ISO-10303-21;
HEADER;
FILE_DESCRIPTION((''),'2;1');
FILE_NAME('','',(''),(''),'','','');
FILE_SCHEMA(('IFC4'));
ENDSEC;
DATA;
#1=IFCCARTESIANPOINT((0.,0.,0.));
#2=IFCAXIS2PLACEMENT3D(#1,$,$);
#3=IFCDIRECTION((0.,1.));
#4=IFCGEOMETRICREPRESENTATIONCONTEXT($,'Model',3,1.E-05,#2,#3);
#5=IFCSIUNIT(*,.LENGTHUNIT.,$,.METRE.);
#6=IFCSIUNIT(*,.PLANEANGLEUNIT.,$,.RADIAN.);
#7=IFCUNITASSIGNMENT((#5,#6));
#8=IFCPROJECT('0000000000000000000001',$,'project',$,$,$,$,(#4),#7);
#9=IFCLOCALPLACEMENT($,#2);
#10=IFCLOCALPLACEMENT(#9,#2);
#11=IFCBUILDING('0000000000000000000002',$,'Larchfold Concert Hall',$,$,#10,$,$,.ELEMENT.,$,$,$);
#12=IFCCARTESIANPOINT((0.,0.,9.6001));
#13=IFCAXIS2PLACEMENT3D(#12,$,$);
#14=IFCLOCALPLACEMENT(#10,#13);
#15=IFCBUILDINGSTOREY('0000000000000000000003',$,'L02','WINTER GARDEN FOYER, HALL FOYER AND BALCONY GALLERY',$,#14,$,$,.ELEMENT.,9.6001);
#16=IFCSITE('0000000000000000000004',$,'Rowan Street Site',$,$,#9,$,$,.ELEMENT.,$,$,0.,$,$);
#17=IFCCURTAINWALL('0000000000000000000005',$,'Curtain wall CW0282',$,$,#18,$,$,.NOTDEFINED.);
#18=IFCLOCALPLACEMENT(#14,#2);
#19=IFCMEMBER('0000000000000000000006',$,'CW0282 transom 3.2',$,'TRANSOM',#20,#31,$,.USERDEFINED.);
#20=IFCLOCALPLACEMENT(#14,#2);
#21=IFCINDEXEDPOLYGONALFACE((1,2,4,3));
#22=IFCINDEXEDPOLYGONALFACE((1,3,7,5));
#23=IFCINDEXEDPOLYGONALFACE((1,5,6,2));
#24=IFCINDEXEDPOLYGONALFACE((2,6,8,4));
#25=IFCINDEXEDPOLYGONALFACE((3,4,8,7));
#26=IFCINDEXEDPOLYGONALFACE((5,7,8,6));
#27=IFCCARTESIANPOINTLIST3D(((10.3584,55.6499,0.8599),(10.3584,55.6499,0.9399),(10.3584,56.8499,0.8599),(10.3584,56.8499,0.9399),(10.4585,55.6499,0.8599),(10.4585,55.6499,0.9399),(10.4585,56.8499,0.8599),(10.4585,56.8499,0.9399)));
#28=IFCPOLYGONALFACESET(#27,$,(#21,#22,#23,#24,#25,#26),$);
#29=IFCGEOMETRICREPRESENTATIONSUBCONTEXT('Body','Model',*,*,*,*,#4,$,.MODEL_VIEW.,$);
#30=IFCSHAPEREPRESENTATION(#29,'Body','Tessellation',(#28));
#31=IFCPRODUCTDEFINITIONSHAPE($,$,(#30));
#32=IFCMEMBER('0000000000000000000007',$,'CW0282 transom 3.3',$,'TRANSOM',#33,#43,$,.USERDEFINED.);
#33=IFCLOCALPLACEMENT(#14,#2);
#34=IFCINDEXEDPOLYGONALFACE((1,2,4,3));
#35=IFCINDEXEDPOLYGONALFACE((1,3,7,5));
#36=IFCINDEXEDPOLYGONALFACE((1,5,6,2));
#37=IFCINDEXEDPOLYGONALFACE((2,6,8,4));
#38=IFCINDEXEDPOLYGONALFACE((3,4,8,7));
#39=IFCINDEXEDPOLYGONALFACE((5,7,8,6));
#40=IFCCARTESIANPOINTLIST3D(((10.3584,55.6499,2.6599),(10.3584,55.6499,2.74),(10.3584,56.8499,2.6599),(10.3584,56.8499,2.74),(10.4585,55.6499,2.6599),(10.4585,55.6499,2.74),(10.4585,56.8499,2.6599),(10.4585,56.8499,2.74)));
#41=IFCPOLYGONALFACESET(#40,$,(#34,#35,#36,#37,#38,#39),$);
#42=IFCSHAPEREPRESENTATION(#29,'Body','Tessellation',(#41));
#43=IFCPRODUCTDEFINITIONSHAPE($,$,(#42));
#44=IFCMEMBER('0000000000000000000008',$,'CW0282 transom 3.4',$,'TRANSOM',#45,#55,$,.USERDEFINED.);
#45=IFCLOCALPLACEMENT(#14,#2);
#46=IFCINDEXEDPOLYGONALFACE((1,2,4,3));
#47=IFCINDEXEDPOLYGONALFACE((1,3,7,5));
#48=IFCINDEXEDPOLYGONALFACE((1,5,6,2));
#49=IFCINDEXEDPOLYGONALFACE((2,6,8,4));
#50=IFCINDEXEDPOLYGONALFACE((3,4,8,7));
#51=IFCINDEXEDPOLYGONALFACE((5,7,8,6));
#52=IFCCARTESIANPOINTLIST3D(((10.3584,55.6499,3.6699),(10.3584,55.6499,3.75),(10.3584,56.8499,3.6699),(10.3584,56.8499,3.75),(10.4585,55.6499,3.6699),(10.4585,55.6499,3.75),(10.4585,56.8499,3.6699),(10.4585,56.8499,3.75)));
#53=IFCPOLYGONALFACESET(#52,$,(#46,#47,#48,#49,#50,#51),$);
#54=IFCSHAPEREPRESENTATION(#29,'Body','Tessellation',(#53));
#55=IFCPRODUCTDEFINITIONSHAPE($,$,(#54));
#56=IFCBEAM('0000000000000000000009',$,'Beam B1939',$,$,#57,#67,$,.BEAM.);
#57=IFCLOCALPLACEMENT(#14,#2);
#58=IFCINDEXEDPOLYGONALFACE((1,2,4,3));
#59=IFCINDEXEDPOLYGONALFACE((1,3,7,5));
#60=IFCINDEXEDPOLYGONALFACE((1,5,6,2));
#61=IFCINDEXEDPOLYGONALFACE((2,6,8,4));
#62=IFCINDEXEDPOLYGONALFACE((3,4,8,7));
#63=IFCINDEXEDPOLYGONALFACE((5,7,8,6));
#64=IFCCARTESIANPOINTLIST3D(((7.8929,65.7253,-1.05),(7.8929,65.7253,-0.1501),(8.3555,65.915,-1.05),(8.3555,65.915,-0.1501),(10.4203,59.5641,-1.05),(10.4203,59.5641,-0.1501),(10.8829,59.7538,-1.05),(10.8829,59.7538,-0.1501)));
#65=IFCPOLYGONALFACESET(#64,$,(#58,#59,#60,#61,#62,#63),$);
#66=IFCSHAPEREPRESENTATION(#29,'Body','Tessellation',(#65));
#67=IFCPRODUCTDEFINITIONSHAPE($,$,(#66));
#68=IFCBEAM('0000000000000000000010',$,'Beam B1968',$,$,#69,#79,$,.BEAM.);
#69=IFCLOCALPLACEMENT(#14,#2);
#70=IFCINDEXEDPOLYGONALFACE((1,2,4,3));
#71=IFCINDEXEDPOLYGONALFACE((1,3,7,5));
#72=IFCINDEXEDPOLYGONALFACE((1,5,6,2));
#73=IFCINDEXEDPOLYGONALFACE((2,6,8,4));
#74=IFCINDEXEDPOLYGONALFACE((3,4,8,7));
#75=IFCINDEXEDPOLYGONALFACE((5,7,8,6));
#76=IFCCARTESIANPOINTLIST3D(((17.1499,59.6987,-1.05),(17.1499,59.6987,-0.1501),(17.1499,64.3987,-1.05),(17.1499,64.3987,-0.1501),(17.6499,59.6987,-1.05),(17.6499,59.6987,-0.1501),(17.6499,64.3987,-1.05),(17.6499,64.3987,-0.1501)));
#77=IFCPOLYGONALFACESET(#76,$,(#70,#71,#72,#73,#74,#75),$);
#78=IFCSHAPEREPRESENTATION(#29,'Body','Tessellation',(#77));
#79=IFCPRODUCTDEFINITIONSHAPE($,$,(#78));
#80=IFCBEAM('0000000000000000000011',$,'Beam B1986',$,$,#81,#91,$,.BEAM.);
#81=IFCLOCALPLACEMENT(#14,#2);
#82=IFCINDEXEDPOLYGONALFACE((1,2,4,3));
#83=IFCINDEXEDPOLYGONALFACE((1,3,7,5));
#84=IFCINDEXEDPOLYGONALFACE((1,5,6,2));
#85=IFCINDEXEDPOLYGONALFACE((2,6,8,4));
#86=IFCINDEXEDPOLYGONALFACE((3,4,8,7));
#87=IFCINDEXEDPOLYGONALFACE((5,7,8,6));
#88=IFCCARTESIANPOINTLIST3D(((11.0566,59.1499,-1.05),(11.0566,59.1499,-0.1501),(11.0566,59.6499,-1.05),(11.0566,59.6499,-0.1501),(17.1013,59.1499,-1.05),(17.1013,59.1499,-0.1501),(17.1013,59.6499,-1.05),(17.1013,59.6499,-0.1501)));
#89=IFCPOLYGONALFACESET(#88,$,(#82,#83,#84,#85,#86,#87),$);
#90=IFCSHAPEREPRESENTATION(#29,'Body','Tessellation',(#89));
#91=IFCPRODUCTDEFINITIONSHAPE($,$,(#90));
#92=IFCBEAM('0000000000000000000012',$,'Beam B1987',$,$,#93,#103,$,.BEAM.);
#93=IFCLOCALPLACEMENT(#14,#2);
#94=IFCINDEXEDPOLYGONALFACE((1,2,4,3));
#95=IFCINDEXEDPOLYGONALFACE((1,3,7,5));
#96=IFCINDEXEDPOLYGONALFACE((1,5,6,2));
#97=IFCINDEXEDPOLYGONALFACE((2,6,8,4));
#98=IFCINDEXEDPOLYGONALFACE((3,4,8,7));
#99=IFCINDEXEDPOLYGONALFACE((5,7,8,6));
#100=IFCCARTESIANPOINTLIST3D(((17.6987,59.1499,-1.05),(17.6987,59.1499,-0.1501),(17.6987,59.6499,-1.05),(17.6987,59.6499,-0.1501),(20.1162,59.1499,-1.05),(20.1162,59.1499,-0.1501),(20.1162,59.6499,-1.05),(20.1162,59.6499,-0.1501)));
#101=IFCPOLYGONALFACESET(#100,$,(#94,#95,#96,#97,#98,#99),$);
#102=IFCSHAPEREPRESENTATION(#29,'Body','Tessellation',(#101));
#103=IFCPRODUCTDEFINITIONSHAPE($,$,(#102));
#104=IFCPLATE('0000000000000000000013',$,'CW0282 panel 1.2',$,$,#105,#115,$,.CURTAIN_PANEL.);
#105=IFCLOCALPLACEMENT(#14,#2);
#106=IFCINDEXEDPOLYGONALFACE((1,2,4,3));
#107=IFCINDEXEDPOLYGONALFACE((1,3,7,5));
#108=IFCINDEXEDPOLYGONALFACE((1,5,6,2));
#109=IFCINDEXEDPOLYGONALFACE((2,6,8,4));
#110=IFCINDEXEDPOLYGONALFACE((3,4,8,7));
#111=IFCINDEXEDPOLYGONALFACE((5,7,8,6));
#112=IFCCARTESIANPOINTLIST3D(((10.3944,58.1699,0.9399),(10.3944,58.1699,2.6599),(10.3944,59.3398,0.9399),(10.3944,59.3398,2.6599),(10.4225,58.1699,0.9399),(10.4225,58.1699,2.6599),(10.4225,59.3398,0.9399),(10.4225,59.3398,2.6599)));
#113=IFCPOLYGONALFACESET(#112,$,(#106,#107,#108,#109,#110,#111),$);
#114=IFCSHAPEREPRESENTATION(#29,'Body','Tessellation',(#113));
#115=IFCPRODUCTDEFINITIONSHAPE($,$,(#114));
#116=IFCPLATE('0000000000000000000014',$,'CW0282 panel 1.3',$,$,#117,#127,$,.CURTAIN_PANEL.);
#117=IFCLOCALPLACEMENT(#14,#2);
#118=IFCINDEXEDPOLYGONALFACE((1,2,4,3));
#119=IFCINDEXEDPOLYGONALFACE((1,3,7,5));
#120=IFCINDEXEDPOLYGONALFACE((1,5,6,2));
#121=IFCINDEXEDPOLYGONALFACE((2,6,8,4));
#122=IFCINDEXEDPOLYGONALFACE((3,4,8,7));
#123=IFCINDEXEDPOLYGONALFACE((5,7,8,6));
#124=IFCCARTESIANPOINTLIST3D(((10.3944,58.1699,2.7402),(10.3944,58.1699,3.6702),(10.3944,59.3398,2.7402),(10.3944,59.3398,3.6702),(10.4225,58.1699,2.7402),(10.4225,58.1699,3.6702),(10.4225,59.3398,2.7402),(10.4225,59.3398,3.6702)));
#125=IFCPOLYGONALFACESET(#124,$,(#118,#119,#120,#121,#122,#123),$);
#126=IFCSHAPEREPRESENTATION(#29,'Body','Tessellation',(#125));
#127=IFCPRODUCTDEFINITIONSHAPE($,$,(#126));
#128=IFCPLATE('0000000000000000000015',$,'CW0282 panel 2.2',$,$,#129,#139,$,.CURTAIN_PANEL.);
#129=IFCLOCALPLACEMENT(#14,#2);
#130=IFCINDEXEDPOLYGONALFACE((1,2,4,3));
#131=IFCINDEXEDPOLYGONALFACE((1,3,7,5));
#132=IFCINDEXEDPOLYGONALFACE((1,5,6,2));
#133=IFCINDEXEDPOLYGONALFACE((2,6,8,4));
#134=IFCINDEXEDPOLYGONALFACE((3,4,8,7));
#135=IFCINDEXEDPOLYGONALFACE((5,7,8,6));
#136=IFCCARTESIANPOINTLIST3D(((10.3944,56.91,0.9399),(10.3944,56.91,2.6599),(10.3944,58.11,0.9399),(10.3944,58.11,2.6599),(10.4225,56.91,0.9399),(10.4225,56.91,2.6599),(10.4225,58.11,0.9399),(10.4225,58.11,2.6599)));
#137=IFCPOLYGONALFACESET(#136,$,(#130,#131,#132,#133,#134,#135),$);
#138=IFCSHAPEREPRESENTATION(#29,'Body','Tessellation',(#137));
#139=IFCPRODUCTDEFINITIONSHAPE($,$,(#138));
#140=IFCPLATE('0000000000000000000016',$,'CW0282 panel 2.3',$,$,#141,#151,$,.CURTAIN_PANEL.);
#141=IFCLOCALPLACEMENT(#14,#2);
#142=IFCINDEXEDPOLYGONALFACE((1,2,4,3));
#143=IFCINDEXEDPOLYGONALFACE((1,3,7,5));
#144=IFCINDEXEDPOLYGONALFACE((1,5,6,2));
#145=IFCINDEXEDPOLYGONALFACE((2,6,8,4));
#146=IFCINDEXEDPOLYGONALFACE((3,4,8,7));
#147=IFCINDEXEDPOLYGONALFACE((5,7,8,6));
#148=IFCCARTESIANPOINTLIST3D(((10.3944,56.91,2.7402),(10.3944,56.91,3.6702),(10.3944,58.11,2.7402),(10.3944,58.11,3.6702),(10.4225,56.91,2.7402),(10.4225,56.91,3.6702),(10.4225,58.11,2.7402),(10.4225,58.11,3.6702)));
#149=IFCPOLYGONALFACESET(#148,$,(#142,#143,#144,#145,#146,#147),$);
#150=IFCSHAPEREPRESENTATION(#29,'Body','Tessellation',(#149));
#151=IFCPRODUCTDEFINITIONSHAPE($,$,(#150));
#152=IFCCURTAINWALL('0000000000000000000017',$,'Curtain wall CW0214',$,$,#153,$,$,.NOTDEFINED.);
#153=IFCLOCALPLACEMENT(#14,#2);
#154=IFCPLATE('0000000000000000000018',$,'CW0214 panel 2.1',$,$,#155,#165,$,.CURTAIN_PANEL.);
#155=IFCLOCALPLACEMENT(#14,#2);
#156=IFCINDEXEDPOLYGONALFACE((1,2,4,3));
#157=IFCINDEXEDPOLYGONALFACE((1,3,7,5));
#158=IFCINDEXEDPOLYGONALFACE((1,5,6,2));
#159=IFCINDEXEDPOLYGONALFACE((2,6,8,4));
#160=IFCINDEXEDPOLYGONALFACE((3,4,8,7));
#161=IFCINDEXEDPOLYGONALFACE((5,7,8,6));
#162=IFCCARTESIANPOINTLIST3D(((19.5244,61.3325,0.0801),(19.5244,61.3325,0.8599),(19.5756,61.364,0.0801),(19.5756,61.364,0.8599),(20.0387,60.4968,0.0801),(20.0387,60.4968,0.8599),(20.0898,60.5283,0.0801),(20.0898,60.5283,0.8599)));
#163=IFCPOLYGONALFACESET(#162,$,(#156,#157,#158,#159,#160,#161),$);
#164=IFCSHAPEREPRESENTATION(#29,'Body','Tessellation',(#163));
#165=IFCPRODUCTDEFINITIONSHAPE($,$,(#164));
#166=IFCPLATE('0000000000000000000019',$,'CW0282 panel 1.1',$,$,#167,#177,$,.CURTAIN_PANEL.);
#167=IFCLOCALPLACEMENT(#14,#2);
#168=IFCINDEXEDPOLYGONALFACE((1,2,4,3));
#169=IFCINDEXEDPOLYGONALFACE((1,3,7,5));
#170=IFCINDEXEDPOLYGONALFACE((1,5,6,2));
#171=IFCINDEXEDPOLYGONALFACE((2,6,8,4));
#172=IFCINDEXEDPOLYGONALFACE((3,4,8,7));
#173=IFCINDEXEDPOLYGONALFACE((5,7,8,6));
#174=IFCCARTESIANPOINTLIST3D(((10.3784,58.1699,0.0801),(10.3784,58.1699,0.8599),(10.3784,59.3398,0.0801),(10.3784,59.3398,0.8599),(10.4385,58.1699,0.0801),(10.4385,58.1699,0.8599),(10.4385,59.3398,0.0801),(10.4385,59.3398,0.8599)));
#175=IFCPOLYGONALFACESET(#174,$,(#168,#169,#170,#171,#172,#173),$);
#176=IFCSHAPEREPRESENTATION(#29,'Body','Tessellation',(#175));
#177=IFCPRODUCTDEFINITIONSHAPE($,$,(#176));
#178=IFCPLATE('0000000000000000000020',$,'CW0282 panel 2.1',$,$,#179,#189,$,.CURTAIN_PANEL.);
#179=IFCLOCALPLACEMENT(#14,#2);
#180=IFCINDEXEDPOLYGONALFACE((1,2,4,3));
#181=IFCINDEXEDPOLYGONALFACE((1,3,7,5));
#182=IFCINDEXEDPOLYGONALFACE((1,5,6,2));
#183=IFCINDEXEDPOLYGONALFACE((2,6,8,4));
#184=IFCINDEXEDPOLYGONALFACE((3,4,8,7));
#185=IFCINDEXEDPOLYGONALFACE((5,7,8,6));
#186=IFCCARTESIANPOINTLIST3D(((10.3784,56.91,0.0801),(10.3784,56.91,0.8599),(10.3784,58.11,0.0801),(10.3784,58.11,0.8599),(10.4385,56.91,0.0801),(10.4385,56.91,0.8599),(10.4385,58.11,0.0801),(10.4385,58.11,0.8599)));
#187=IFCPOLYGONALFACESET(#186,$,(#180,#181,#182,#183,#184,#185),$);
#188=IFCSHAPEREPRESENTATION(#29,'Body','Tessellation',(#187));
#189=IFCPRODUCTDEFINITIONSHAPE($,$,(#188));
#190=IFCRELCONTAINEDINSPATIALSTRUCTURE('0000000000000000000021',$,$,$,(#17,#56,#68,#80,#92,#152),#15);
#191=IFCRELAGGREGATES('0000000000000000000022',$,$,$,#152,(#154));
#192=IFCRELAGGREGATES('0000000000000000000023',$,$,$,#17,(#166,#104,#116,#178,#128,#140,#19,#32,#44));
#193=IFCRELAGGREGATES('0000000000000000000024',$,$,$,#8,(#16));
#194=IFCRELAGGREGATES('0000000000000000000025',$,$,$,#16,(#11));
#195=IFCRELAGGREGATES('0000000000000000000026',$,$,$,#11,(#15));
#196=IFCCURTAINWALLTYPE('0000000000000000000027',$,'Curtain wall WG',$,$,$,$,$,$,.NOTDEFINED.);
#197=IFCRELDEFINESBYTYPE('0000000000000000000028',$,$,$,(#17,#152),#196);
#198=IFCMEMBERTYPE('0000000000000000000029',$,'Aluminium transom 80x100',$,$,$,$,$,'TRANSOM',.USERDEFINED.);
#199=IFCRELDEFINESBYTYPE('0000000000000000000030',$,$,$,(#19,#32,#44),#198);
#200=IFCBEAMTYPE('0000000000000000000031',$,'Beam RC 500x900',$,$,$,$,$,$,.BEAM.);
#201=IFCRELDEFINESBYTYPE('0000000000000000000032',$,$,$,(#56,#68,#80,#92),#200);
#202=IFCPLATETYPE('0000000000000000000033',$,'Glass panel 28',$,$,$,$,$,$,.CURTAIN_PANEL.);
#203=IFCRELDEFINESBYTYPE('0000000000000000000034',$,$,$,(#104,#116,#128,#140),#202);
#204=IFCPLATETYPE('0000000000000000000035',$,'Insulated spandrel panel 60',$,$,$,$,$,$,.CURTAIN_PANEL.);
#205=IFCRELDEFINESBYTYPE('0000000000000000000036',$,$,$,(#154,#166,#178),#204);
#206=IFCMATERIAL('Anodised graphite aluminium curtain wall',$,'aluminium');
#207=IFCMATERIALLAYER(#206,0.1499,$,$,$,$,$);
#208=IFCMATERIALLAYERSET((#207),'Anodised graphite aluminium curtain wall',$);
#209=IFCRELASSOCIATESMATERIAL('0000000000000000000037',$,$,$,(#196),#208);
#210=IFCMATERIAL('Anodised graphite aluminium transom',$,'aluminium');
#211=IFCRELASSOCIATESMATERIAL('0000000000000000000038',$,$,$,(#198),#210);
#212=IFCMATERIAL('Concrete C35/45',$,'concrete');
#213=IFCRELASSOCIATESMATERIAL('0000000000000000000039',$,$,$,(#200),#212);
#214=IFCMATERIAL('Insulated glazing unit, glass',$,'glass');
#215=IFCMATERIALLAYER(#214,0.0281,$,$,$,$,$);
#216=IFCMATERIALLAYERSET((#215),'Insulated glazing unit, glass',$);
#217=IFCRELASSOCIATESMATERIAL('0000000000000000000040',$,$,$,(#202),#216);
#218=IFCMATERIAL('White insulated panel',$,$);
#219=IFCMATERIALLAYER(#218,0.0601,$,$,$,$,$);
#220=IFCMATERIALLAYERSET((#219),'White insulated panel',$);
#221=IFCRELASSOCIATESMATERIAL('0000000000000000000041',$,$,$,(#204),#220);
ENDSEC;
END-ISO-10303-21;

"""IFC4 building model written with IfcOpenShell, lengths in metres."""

from ifc_helpers import new_model, si_unit, direction, frame, origin, origin_2d, place, context, subcontext, project, spatial, rectangle, extrude, material, layer, layer_set, material_profile, profile_set, type_object, element, aggregate, save


model = new_model("IFC4")

# Units and contexts
model_context = context("Model", 3, precision=1e-05, world=origin(), true_north=direction((0.0, 1.0)))
body_context = subcontext(model_context, "Body", "Model", "MODEL_VIEW")
ifc_project = project(units=[si_unit("LENGTHUNIT", "METRE"), si_unit("PLANEANGLEUNIT", "RADIAN")], contexts=[model_context])

# Site, building, storey
site_placement = place(None, origin())
site = spatial("IfcSite", under=ifc_project, at=site_placement, Name="Rowan Street Site", CompositionType="ELEMENT", RefElevation=0.0)
building_placement = place(site_placement, origin())
building = spatial("IfcBuilding", under=site, at=building_placement, Name="Larchfold Concert Hall", CompositionType="ELEMENT")
storey_placement = place(building_placement, frame((0.0, 0.0, 9.6001)))
storey = spatial("IfcBuildingStorey", under=building, at=storey_placement, Name="L02", Description="WINTER GARDEN FOYER, HALL FOYER AND BALCONY GALLERY", CompositionType="ELEMENT", Elevation=9.6001)

# Curtain wall, members
ifc_material_1 = material(Name="Anodised graphite aluminium curtain wall", Category="aluminium")
ifc_layer_1 = layer(ifc_material_1, 0.1499)
ifc_layer_set_1 = layer_set([ifc_layer_1], Name="Anodised graphite aluminium curtain wall")
curtain_wall_type = type_object("IfcCurtainWallType", Name="Curtain wall WG", PredefinedType="NOTDEFINED", material=ifc_layer_set_1)
curtain_wall_1_placement = place(storey_placement, origin())
curtain_wall_1 = element("IfcCurtainWall", 1, at=curtain_wall_1_placement, inside=storey, type_object=curtain_wall_type, Name="Curtain wall CW0282", PredefinedType="NOTDEFINED")
ifc_material_2 = material(Name="Anodised graphite aluminium transom", Category="aluminium")
ifc_material_profile_1 = material_profile(ifc_material_2, rectangle(XDim=0.1001, YDim=0.0801, at=origin_2d()))
ifc_profile_set_1 = profile_set([ifc_material_profile_1], Name="Anodised graphite aluminium transom")
member_type_1 = type_object("IfcMemberType", Name="Aluminium transom 80x100", ElementType="TRANSOM", PredefinedType="USERDEFINED", material=ifc_profile_set_1)
member_1_placement = place(storey_placement, frame((10.4084, 56.8499, 0.8999), z_axis=(0.0, -1.0, 0.0), x_axis=(1.0, 0.0, 0.0)))
member_1 = element("IfcMember", 2, at=member_1_placement, type_object=member_type_1, Name="CW0282 transom 3.2", ObjectType="TRANSOM", PredefinedType="USERDEFINED", context=body_context, shape_type="SweptSolid", body=[
    extrude(rectangle(XDim=0.1001, YDim=0.0801, at=origin_2d()), origin(), (0.0, 0.0, 1.0), 1.2),
])
member_2_placement = place(storey_placement, frame((10.4084, 56.8499, 2.7), z_axis=(0.0, -1.0, 0.0), x_axis=(1.0, 0.0, 0.0)))
member_2 = element("IfcMember", 3, at=member_2_placement, type_object=member_type_1, Name="CW0282 transom 3.3", ObjectType="TRANSOM", PredefinedType="USERDEFINED", context=body_context, shape_type="SweptSolid", body=[
    extrude(rectangle(XDim=0.1001, YDim=0.0801, at=origin_2d()), origin(), (0.0, 0.0, 1.0), 1.2),
])
member_3_placement = place(storey_placement, frame((10.4084, 56.8499, 3.71), z_axis=(0.0, -1.0, 0.0), x_axis=(1.0, 0.0, 0.0)))
member_3 = element("IfcMember", 4, at=member_3_placement, type_object=member_type_1, Name="CW0282 transom 3.4", ObjectType="TRANSOM", PredefinedType="USERDEFINED", context=body_context, shape_type="SweptSolid", body=[
    extrude(rectangle(XDim=0.1001, YDim=0.0801, at=origin_2d()), origin(), (0.0, 0.0, 1.0), 1.2),
])

# Beams
ifc_material_3 = material(Name="Concrete C35/45", Category="concrete")
ifc_material_profile_2 = material_profile(ifc_material_3, rectangle(XDim=0.5, YDim=0.8999, at=origin_2d()))
ifc_profile_set_2 = profile_set([ifc_material_profile_2], Name="Concrete C35/45")
beam_type = type_object("IfcBeamType", Name="Beam RC 500x900", PredefinedType="BEAM", material=ifc_profile_set_2)
beam_1_placement = place(storey_placement, frame((10.6516, 59.6589, -0.6001), z_axis=(-0.379518, 0.925184, 0.0), x_axis=(-0.925184, -0.379518, 0.0)))
element("IfcBeam", 5, at=beam_1_placement, inside=storey, type_object=beam_type, Name="Beam B1939", PredefinedType="BEAM", context=body_context, shape_type="SweptSolid", body=[
    extrude(rectangle(XDim=0.5, YDim=0.8999, at=origin_2d()), origin(), (0.0, 0.0, 1.0), 6.6594),
])
beam_2_placement = place(storey_placement, frame((17.3999, 59.6987, -0.6001), z_axis=(0.0, 1.0, 0.0), x_axis=(-1.0, 0.0, 0.0)))
element("IfcBeam", 6, at=beam_2_placement, inside=storey, type_object=beam_type, Name="Beam B1968", PredefinedType="BEAM", context=body_context, shape_type="SweptSolid", body=[
    extrude(rectangle(XDim=0.5, YDim=0.8999, at=origin_2d()), origin(), (0.0, 0.0, 1.0), 4.7),
])
beam_3_placement = place(storey_placement, frame((11.0566, 59.3999, -0.6001), z_axis=(1.0, 0.0, 0.0), x_axis=(0.0, 1.0, 0.0)))
element("IfcBeam", 7, at=beam_3_placement, inside=storey, type_object=beam_type, Name="Beam B1986", PredefinedType="BEAM", context=body_context, shape_type="SweptSolid", body=[
    extrude(rectangle(XDim=0.5, YDim=0.8999, at=origin_2d()), origin(), (0.0, 0.0, 1.0), 6.0447),
])
beam_4_placement = place(storey_placement, frame((17.6987, 59.3999, -0.6001), z_axis=(1.0, 0.0, 0.0), x_axis=(0.0, 1.0, 0.0)))
element("IfcBeam", 8, at=beam_4_placement, inside=storey, type_object=beam_type, Name="Beam B1987", PredefinedType="BEAM", context=body_context, shape_type="SweptSolid", body=[
    extrude(rectangle(XDim=0.5, YDim=0.8999, at=origin_2d()), origin(), (0.0, 0.0, 1.0), 2.4175),
])

# Plates
ifc_material_4 = material(Name="Insulated glazing unit, glass", Category="glass")
ifc_layer_2 = layer(ifc_material_4, 0.0281)
ifc_layer_set_2 = layer_set([ifc_layer_2], Name="Insulated glazing unit, glass")
plate_type_1 = type_object("IfcPlateType", Name="Glass panel 28", PredefinedType="CURTAIN_PANEL", material=ifc_layer_set_2)
plate_1_placement = place(storey_placement, frame((10.4084, 58.7549, 0.9399), z_axis=(0.0, 0.0, 1.0), x_axis=(0.0, -1.0, 0.0)))
plate_1 = element("IfcPlate", 9, at=plate_1_placement, type_object=plate_type_1, Name="CW0282 panel 1.2", PredefinedType="CURTAIN_PANEL", context=body_context, shape_type="SweptSolid", body=[
    extrude(rectangle(XDim=1.1699, YDim=0.0281, at=origin_2d()), origin(), (0.0, 0.0, 1.0), 1.72),
])
plate_2_placement = place(storey_placement, frame((10.4084, 58.7549, 2.7402), z_axis=(0.0, 0.0, 1.0), x_axis=(0.0, -1.0, 0.0)))
plate_2 = element("IfcPlate", 10, at=plate_2_placement, type_object=plate_type_1, Name="CW0282 panel 1.3", PredefinedType="CURTAIN_PANEL", context=body_context, shape_type="SweptSolid", body=[
    extrude(rectangle(XDim=1.1699, YDim=0.0281, at=origin_2d()), origin(), (0.0, 0.0, 1.0), 0.9299),
])
plate_3_placement = place(storey_placement, frame((10.4084, 57.51, 0.9399), z_axis=(0.0, 0.0, 1.0), x_axis=(0.0, -1.0, 0.0)))
plate_3 = element("IfcPlate", 11, at=plate_3_placement, type_object=plate_type_1, Name="CW0282 panel 2.2", PredefinedType="CURTAIN_PANEL", context=body_context, shape_type="SweptSolid", body=[
    extrude(rectangle(XDim=1.2, YDim=0.0281, at=origin_2d()), origin(), (0.0, 0.0, 1.0), 1.72),
])
plate_4_placement = place(storey_placement, frame((10.4084, 57.51, 2.7402), z_axis=(0.0, 0.0, 1.0), x_axis=(0.0, -1.0, 0.0)))
plate_4 = element("IfcPlate", 12, at=plate_4_placement, type_object=plate_type_1, Name="CW0282 panel 2.3", PredefinedType="CURTAIN_PANEL", context=body_context, shape_type="SweptSolid", body=[
    extrude(rectangle(XDim=1.2, YDim=0.0281, at=origin_2d()), origin(), (0.0, 0.0, 1.0), 0.9299),
])

# Curtain wall, plate
curtain_wall_2_placement = place(storey_placement, origin())
curtain_wall_2 = element("IfcCurtainWall", 13, at=curtain_wall_2_placement, inside=storey, type_object=curtain_wall_type, Name="Curtain wall CW0214", PredefinedType="NOTDEFINED")
ifc_material_5 = material(Name="White insulated panel")
ifc_layer_3 = layer(ifc_material_5, 0.0601)
ifc_layer_set_3 = layer_set([ifc_layer_3], Name="White insulated panel")
plate_type_2 = type_object("IfcPlateType", Name="Insulated spandrel panel 60", PredefinedType="CURTAIN_PANEL", material=ifc_layer_set_3)
plate_5_placement = place(storey_placement, frame((19.8071, 60.9304, 0.0801), z_axis=(0.0, 0.0, 1.0), x_axis=(-0.524066, 0.851678, 0.0)))
plate_5 = element("IfcPlate", 14, at=plate_5_placement, type_object=plate_type_2, Name="CW0214 panel 2.1", PredefinedType="CURTAIN_PANEL", context=body_context, shape_type="SweptSolid", body=[
    extrude(rectangle(XDim=0.9812, YDim=0.0601, at=origin_2d()), origin(), (0.0, 0.0, 1.0), 0.7798),
])
aggregate(curtain_wall_2, [plate_5])

# Plates
plate_6_placement = place(storey_placement, frame((10.4084, 58.7549, 0.0801), z_axis=(0.0, 0.0, 1.0), x_axis=(0.0, -1.0, 0.0)))
plate_6 = element("IfcPlate", 15, at=plate_6_placement, type_object=plate_type_2, Name="CW0282 panel 1.1", PredefinedType="CURTAIN_PANEL", context=body_context, shape_type="SweptSolid", body=[
    extrude(rectangle(XDim=1.1699, YDim=0.0601, at=origin_2d()), origin(), (0.0, 0.0, 1.0), 0.7798),
])
plate_7_placement = place(storey_placement, frame((10.4084, 57.51, 0.0801), z_axis=(0.0, 0.0, 1.0), x_axis=(0.0, -1.0, 0.0)))
plate_7 = element("IfcPlate", 16, at=plate_7_placement, type_object=plate_type_2, Name="CW0282 panel 2.1", PredefinedType="CURTAIN_PANEL", context=body_context, shape_type="SweptSolid", body=[
    extrude(rectangle(XDim=1.2, YDim=0.0601, at=origin_2d()), origin(), (0.0, 0.0, 1.0), 0.7798),
])
aggregate(curtain_wall_1, [plate_6, plate_1, plate_2, plate_7, plate_3, plate_4, member_1, member_2, member_3])

save(model, "model.ifc")
